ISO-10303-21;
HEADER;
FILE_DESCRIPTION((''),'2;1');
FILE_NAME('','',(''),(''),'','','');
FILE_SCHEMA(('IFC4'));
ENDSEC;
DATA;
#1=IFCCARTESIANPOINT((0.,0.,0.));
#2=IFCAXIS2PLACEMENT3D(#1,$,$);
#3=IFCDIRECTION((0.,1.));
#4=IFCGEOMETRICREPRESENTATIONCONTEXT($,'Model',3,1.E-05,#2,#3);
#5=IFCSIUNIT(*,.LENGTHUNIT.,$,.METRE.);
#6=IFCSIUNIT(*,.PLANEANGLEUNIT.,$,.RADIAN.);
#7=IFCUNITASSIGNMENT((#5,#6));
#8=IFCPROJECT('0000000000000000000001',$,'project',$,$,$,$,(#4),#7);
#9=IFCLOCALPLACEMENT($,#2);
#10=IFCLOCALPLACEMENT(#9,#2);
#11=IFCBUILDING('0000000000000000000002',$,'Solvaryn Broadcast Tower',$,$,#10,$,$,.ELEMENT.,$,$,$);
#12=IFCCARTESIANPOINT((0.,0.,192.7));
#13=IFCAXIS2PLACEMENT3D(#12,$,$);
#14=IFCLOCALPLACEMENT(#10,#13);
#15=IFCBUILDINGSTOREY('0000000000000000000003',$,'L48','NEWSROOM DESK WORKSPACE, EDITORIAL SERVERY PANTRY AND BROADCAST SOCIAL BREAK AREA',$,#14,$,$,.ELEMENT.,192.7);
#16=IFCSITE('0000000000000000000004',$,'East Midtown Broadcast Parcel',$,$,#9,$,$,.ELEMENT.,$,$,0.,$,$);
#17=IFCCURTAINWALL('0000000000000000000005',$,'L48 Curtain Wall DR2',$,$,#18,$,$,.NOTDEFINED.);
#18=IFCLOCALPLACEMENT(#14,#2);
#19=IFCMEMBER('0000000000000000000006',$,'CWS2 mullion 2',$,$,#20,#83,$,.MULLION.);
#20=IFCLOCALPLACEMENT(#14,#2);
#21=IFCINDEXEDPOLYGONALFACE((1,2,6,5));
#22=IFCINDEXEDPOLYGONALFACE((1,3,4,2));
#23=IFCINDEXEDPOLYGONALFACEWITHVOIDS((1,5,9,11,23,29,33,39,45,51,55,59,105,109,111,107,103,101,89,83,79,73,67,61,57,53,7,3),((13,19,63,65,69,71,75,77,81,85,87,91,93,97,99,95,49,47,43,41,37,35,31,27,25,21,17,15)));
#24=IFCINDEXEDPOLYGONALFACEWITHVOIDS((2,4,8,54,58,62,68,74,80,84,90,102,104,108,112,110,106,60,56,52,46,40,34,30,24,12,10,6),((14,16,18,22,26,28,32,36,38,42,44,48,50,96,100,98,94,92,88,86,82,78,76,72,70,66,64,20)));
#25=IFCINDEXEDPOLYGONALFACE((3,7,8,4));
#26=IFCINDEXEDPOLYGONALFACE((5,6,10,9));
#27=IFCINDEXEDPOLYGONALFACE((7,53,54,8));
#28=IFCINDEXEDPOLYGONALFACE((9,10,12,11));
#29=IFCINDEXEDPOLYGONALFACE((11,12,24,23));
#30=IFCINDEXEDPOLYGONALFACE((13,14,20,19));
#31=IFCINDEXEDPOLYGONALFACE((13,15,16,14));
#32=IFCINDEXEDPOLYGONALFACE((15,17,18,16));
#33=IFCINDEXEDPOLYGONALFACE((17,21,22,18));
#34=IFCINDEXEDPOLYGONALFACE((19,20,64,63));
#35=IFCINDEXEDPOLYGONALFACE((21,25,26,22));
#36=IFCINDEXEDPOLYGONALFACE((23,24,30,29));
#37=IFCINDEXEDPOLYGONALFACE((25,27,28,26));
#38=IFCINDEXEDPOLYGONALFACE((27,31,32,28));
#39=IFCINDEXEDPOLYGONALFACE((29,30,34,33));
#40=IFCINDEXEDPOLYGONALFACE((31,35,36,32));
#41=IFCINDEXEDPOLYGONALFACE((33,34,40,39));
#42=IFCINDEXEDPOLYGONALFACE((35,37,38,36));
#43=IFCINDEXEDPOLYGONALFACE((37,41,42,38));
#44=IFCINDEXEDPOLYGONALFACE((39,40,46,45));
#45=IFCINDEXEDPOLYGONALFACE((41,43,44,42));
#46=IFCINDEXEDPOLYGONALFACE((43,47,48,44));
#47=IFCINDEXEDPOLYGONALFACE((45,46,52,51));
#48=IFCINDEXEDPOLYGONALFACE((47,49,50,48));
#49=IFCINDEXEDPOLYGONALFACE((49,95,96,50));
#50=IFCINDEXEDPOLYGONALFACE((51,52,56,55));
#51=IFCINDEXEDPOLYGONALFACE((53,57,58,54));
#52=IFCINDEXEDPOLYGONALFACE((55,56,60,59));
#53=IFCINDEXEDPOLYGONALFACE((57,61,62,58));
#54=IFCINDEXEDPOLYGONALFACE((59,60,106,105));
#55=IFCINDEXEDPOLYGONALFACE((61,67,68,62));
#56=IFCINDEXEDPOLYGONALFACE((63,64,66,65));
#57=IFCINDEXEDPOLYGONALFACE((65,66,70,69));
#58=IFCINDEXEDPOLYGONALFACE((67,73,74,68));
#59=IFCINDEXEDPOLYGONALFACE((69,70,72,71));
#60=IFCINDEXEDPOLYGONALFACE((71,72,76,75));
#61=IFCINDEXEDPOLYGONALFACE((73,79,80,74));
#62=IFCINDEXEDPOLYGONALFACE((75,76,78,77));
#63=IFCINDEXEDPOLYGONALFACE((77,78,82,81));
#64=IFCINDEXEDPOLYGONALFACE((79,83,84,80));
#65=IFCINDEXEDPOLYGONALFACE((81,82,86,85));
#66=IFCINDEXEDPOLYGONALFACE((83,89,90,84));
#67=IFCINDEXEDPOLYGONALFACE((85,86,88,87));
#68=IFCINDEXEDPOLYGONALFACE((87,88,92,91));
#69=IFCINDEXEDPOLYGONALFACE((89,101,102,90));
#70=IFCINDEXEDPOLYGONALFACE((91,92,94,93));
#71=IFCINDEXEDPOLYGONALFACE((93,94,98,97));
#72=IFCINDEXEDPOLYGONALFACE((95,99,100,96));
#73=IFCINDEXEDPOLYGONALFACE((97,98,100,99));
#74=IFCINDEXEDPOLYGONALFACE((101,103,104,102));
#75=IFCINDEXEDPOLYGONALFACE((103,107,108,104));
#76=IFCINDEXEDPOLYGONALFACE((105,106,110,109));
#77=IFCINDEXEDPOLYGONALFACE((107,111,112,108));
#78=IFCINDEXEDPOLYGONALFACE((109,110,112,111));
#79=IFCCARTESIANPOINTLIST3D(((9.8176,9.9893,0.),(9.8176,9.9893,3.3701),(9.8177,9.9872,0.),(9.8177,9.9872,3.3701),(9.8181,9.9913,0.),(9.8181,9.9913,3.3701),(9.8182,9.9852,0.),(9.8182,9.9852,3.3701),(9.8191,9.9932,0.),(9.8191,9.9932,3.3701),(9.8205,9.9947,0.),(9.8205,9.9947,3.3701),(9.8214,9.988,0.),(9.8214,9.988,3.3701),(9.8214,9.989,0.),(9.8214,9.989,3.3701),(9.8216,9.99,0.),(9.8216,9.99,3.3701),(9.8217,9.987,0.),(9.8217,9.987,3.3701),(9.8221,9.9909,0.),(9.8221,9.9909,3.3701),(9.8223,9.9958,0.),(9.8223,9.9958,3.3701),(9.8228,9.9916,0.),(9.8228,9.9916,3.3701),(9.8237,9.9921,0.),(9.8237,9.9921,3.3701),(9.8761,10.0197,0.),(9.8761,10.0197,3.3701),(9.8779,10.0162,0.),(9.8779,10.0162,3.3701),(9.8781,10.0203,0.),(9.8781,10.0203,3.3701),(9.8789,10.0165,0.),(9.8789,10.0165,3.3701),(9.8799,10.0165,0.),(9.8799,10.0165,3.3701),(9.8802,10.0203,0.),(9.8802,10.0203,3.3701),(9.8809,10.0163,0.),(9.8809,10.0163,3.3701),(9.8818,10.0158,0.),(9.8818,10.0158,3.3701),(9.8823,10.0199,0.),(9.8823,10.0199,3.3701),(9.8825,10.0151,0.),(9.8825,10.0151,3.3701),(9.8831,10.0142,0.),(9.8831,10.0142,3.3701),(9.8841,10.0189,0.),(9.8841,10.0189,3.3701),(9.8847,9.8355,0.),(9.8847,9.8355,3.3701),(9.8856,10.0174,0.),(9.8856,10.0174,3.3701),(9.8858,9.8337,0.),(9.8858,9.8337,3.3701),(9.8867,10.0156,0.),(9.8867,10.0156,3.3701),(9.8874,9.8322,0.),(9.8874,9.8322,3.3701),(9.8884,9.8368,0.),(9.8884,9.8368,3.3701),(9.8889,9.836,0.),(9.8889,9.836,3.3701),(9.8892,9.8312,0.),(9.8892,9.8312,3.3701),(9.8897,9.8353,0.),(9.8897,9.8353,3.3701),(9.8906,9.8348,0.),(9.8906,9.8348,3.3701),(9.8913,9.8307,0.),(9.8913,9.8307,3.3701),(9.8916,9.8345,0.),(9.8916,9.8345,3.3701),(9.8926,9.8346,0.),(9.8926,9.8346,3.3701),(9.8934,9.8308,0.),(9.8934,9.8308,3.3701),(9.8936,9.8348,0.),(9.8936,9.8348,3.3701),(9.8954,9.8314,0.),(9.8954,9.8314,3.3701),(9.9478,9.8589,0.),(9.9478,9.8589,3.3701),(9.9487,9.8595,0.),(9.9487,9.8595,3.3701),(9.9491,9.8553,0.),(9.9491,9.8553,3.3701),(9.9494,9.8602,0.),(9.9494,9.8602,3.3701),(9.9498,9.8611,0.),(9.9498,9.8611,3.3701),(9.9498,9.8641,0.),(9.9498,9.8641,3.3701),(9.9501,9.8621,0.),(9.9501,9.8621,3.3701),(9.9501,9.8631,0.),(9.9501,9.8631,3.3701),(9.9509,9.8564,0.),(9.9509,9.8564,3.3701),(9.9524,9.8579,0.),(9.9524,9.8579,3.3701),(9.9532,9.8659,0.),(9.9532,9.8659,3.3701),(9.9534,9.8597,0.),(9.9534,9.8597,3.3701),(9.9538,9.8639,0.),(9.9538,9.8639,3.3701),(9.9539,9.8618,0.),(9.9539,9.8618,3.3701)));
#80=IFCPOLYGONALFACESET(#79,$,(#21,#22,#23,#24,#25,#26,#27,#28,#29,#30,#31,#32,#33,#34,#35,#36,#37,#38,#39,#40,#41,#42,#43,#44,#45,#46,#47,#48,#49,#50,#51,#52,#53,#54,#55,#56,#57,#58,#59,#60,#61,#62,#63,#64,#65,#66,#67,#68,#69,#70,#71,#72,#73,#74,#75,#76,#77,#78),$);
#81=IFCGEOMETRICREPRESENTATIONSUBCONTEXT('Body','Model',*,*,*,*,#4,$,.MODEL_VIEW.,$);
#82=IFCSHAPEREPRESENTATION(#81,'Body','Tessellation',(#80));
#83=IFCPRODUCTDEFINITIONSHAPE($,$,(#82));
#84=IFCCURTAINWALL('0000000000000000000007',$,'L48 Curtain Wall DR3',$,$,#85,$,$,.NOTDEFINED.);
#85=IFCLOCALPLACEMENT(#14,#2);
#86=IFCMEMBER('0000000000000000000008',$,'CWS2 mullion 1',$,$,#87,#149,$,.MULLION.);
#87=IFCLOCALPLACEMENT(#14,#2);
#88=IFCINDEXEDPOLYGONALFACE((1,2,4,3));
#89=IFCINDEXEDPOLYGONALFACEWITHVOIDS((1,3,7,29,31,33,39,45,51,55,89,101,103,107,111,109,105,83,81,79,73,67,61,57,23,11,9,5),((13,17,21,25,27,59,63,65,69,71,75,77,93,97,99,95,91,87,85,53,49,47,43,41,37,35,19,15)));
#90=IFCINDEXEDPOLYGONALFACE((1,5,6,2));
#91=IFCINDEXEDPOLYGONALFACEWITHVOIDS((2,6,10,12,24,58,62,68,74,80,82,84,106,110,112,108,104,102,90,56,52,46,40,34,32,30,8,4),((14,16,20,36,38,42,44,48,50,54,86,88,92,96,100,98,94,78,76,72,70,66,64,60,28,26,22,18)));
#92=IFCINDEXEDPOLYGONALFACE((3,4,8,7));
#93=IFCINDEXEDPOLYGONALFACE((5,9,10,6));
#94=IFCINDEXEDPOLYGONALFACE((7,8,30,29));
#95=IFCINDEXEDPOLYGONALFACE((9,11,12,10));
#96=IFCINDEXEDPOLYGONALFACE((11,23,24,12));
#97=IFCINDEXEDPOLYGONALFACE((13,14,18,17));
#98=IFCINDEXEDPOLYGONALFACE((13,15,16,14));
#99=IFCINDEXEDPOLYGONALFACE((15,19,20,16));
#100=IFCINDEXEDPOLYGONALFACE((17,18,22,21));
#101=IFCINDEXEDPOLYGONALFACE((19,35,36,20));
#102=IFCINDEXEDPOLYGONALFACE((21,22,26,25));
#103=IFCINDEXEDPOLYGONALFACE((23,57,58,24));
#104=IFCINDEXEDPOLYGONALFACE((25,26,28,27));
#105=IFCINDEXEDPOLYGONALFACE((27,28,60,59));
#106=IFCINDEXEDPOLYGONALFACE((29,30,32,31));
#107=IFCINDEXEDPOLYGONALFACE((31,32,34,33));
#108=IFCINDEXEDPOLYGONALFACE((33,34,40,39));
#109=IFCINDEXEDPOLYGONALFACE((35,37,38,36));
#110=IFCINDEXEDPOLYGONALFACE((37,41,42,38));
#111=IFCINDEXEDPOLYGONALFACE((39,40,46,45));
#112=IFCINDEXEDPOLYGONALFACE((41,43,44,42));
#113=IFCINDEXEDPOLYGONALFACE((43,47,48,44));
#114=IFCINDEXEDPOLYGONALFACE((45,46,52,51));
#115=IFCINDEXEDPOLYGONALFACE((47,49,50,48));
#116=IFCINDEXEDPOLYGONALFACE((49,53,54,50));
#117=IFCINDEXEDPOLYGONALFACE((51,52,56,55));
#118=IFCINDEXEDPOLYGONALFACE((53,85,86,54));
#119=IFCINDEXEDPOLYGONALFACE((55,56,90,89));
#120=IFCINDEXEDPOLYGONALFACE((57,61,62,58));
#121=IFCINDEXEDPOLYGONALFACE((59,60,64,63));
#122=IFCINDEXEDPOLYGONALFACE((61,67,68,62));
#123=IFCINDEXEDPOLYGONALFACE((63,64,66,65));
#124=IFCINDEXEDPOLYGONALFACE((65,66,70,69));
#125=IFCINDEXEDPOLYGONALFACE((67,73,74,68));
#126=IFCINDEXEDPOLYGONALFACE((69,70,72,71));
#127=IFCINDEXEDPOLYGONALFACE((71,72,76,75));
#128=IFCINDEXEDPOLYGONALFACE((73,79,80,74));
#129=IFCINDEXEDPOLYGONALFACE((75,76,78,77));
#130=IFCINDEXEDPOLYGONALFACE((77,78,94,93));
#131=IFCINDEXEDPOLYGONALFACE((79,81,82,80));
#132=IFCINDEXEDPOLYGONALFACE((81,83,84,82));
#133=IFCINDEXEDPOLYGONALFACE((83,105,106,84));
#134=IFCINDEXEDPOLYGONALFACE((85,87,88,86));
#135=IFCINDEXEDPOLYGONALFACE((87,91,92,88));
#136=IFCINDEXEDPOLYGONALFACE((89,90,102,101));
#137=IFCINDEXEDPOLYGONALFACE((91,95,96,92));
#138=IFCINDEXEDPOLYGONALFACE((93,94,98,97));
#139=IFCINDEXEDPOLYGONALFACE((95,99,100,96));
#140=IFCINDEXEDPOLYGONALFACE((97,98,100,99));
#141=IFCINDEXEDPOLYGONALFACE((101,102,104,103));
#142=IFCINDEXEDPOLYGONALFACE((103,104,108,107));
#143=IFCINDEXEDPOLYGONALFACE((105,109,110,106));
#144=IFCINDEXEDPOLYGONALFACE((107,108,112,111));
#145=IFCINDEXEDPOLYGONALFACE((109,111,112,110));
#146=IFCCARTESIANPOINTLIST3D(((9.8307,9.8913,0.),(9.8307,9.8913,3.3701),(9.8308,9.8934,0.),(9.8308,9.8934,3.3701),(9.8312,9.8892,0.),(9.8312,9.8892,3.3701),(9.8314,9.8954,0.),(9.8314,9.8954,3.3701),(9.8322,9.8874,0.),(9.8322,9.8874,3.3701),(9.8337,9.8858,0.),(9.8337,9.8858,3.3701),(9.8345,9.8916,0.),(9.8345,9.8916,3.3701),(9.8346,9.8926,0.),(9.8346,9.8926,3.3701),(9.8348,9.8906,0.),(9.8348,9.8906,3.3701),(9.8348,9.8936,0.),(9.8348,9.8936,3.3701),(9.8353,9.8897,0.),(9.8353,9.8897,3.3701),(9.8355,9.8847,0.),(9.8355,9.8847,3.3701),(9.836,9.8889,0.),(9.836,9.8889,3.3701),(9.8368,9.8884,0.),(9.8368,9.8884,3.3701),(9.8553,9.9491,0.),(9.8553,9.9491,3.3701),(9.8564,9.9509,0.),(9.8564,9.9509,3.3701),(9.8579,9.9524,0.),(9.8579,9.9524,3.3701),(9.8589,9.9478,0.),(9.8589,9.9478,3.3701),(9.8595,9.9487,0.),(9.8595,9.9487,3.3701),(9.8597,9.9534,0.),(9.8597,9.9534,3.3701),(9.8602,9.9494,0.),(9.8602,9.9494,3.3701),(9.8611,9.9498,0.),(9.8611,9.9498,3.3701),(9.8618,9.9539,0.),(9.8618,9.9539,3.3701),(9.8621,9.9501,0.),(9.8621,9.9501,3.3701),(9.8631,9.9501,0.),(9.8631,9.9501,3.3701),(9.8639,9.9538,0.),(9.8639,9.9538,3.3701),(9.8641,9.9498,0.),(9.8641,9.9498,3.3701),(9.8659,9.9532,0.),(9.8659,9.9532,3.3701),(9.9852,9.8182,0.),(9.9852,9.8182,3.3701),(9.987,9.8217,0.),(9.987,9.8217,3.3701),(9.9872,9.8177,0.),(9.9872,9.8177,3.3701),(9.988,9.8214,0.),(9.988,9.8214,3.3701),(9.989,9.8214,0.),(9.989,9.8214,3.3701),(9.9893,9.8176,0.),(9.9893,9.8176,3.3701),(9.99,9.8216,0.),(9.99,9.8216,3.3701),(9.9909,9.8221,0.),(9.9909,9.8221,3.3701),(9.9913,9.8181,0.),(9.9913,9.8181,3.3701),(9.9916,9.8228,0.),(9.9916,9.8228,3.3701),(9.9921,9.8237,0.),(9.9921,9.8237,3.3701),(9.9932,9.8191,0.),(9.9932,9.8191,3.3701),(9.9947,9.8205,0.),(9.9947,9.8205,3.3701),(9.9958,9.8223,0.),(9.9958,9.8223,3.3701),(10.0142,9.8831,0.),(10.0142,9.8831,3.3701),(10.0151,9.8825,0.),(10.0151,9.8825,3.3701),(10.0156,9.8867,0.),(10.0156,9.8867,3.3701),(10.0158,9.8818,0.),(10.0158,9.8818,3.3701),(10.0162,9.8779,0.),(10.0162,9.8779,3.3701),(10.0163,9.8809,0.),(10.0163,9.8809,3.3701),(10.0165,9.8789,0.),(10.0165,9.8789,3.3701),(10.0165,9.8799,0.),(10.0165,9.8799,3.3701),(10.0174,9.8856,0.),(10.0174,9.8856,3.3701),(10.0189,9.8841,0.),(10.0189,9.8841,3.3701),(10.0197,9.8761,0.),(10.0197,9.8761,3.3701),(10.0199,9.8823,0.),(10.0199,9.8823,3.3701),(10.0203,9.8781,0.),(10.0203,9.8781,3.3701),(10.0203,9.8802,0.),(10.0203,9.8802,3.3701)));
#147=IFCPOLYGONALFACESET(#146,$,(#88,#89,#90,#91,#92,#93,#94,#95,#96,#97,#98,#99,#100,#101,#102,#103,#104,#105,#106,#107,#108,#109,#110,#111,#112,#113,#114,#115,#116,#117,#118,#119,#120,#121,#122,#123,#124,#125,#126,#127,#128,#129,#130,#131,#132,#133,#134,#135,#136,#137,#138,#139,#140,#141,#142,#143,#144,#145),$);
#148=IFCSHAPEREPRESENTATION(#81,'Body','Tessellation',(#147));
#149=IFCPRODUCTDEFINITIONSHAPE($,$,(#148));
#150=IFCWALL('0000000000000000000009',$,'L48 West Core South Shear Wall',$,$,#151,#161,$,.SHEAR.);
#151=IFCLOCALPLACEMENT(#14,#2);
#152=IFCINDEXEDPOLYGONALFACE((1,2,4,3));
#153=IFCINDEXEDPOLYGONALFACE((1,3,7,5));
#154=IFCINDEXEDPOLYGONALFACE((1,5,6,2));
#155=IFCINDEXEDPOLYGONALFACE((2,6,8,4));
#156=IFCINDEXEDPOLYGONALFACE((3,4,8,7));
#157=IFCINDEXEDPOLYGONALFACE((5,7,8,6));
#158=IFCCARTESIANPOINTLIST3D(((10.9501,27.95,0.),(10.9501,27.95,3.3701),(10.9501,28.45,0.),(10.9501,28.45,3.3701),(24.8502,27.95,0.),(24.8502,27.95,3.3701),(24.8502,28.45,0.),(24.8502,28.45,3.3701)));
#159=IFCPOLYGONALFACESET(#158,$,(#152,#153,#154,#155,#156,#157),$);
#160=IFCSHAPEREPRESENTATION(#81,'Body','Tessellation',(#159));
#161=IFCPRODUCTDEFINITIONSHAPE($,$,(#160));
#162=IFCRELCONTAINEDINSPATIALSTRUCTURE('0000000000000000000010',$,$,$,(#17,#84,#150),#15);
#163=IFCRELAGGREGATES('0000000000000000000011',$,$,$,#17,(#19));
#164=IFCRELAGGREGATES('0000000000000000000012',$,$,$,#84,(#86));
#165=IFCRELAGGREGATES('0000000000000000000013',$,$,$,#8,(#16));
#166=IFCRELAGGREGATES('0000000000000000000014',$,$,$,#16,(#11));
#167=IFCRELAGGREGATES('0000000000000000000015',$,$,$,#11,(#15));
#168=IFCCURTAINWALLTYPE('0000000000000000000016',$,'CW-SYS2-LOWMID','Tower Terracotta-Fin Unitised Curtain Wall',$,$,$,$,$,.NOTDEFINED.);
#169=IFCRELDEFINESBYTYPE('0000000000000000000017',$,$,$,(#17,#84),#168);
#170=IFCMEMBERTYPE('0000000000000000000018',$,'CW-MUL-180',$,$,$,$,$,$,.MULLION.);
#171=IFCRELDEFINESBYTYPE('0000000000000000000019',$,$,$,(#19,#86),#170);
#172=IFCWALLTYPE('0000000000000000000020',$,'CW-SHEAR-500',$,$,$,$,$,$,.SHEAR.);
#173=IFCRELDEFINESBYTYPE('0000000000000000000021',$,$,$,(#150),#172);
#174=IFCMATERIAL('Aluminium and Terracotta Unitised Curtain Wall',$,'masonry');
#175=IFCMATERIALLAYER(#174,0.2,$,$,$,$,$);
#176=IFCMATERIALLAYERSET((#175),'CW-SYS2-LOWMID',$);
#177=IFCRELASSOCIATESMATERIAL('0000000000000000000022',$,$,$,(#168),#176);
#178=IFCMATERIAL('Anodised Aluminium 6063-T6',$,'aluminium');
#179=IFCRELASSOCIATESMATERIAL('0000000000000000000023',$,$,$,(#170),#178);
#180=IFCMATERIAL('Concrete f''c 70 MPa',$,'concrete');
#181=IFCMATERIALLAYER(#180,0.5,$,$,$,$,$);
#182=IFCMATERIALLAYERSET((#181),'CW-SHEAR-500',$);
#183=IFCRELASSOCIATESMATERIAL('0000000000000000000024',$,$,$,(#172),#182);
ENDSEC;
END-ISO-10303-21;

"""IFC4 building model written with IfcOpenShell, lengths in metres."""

from ifc_helpers import new_model, si_unit, direction, frame, frame_2d, origin, origin_2d, place, context, subcontext, project, spatial, rectangle, hollow_rectangle, extrude, material, layer, layer_set, material_profile, profile_set, type_object, element, aggregate, save


model = new_model("IFC4")

# Units and contexts
model_context = context("Model", 3, precision=1e-05, world=origin(), true_north=direction((0.0, 1.0)))
body_context = subcontext(model_context, "Body", "Model", "MODEL_VIEW")
ifc_project = project(units=[si_unit("LENGTHUNIT", "METRE"), si_unit("PLANEANGLEUNIT", "RADIAN")], contexts=[model_context])

# Site, building, storey
site_placement = place(None, origin())
site = spatial("IfcSite", under=ifc_project, at=site_placement, Name="East Midtown Broadcast Parcel", CompositionType="ELEMENT", RefElevation=0.0)
building_placement = place(site_placement, origin())
building = spatial("IfcBuilding", under=site, at=building_placement, Name="Solvaryn Broadcast Tower", CompositionType="ELEMENT")
storey_placement = place(building_placement, frame((0.0, 0.0, 192.7)))
storey = spatial("IfcBuildingStorey", under=building, at=storey_placement, Name="L48", Description="NEWSROOM DESK WORKSPACE, EDITORIAL SERVERY PANTRY AND BROADCAST SOCIAL BREAK AREA", CompositionType="ELEMENT", Elevation=192.7)

# Curtain walls, members
ifc_material_1 = material(Name="Aluminium and Terracotta Unitised Curtain Wall", Category="masonry")
ifc_layer_1 = layer(ifc_material_1, 0.2)
ifc_layer_set_1 = layer_set([ifc_layer_1], Name="CW-SYS2-LOWMID")
curtain_wall_type = type_object("IfcCurtainWallType", Name="CW-SYS2-LOWMID", Description="Tower Terracotta-Fin Unitised Curtain Wall", PredefinedType="NOTDEFINED", material=ifc_layer_set_1)
curtain_wall_1_placement = place(storey_placement, origin())
curtain_wall_1 = element("IfcCurtainWall", 1, at=curtain_wall_1_placement, inside=storey, type_object=curtain_wall_type, Name="L48 Curtain Wall DR2", PredefinedType="NOTDEFINED")
ifc_material_2 = material(Name="Anodised Aluminium 6063-T6", Category="aluminium")
ifc_material_profile_1 = material_profile(ifc_material_2, hollow_rectangle(XDim=0.075, YDim=0.1799, WallThickness=0.0039, InnerFilletRadius=0.0039, OuterFilletRadius=0.0081, at=origin_2d()))
ifc_profile_set_1 = profile_set([ifc_material_profile_1], Name="Anodised Aluminium 6063-T6")
member_type = type_object("IfcMemberType", Name="CW-MUL-180", PredefinedType="MULLION", material=ifc_profile_set_1)
member_1_placement = place(storey_placement, frame((9.8857, 9.9255, 0.0), z_axis=(0.0, 0.0, 1.0), x_axis=(0.913917, 0.405901, 0.0)))
member_1 = element("IfcMember", 2, at=member_1_placement, type_object=member_type, Name="CWS2 mullion 2", PredefinedType="MULLION", context=body_context, shape_type="SweptSolid", body=[
    extrude(hollow_rectangle(XDim=0.075, YDim=0.1799, WallThickness=0.0039, InnerFilletRadius=0.0039, OuterFilletRadius=0.0081, at=origin_2d()), origin(), (0.0, 0.0, 1.0), 3.3701),
])
aggregate(curtain_wall_1, [member_1])
curtain_wall_2_placement = place(storey_placement, origin())
curtain_wall_2 = element("IfcCurtainWall", 3, at=curtain_wall_2_placement, inside=storey, type_object=curtain_wall_type, Name="L48 Curtain Wall DR3", PredefinedType="NOTDEFINED")
member_2_placement = place(storey_placement, frame((9.9255, 9.8857, 0.0), z_axis=(0.0, 0.0, 1.0), x_axis=(0.405901, 0.913917, 0.0)))
member_2 = element("IfcMember", 4, at=member_2_placement, type_object=member_type, Name="CWS2 mullion 1", PredefinedType="MULLION", context=body_context, shape_type="SweptSolid", body=[
    extrude(hollow_rectangle(XDim=0.075, YDim=0.1799, WallThickness=0.0039, InnerFilletRadius=0.0039, OuterFilletRadius=0.0081, at=origin_2d()), origin(), (0.0, 0.0, 1.0), 3.3701),
])
aggregate(curtain_wall_2, [member_2])

# Wall
ifc_material_3 = material(Name="Concrete f'c 70 MPa", Category="concrete")
ifc_layer_2 = layer(ifc_material_3, 0.5)
ifc_layer_set_2 = layer_set([ifc_layer_2], Name="CW-SHEAR-500")
wall_type_1 = type_object("IfcWallType", Name="CW-SHEAR-500", PredefinedType="SHEAR", material=ifc_layer_set_2)
wall_1_placement = place(storey_placement, frame((10.95, 28.2, 0.0), z_axis=(0.0, 0.0, 1.0), x_axis=(1.0, 0.0, 0.0)))
element("IfcWall", 5, at=wall_1_placement, inside=storey, type_object=wall_type_1, Name="L48 West Core South Shear Wall", PredefinedType="SHEAR", context=body_context, shape_type="SweptSolid", body=[
    extrude(rectangle(XDim=13.9001, YDim=0.5, at=frame_2d((6.9502, 0.0))), origin(), (0.0, 0.0, 1.0), 3.3701),
])

save(model, "model.ifc")
